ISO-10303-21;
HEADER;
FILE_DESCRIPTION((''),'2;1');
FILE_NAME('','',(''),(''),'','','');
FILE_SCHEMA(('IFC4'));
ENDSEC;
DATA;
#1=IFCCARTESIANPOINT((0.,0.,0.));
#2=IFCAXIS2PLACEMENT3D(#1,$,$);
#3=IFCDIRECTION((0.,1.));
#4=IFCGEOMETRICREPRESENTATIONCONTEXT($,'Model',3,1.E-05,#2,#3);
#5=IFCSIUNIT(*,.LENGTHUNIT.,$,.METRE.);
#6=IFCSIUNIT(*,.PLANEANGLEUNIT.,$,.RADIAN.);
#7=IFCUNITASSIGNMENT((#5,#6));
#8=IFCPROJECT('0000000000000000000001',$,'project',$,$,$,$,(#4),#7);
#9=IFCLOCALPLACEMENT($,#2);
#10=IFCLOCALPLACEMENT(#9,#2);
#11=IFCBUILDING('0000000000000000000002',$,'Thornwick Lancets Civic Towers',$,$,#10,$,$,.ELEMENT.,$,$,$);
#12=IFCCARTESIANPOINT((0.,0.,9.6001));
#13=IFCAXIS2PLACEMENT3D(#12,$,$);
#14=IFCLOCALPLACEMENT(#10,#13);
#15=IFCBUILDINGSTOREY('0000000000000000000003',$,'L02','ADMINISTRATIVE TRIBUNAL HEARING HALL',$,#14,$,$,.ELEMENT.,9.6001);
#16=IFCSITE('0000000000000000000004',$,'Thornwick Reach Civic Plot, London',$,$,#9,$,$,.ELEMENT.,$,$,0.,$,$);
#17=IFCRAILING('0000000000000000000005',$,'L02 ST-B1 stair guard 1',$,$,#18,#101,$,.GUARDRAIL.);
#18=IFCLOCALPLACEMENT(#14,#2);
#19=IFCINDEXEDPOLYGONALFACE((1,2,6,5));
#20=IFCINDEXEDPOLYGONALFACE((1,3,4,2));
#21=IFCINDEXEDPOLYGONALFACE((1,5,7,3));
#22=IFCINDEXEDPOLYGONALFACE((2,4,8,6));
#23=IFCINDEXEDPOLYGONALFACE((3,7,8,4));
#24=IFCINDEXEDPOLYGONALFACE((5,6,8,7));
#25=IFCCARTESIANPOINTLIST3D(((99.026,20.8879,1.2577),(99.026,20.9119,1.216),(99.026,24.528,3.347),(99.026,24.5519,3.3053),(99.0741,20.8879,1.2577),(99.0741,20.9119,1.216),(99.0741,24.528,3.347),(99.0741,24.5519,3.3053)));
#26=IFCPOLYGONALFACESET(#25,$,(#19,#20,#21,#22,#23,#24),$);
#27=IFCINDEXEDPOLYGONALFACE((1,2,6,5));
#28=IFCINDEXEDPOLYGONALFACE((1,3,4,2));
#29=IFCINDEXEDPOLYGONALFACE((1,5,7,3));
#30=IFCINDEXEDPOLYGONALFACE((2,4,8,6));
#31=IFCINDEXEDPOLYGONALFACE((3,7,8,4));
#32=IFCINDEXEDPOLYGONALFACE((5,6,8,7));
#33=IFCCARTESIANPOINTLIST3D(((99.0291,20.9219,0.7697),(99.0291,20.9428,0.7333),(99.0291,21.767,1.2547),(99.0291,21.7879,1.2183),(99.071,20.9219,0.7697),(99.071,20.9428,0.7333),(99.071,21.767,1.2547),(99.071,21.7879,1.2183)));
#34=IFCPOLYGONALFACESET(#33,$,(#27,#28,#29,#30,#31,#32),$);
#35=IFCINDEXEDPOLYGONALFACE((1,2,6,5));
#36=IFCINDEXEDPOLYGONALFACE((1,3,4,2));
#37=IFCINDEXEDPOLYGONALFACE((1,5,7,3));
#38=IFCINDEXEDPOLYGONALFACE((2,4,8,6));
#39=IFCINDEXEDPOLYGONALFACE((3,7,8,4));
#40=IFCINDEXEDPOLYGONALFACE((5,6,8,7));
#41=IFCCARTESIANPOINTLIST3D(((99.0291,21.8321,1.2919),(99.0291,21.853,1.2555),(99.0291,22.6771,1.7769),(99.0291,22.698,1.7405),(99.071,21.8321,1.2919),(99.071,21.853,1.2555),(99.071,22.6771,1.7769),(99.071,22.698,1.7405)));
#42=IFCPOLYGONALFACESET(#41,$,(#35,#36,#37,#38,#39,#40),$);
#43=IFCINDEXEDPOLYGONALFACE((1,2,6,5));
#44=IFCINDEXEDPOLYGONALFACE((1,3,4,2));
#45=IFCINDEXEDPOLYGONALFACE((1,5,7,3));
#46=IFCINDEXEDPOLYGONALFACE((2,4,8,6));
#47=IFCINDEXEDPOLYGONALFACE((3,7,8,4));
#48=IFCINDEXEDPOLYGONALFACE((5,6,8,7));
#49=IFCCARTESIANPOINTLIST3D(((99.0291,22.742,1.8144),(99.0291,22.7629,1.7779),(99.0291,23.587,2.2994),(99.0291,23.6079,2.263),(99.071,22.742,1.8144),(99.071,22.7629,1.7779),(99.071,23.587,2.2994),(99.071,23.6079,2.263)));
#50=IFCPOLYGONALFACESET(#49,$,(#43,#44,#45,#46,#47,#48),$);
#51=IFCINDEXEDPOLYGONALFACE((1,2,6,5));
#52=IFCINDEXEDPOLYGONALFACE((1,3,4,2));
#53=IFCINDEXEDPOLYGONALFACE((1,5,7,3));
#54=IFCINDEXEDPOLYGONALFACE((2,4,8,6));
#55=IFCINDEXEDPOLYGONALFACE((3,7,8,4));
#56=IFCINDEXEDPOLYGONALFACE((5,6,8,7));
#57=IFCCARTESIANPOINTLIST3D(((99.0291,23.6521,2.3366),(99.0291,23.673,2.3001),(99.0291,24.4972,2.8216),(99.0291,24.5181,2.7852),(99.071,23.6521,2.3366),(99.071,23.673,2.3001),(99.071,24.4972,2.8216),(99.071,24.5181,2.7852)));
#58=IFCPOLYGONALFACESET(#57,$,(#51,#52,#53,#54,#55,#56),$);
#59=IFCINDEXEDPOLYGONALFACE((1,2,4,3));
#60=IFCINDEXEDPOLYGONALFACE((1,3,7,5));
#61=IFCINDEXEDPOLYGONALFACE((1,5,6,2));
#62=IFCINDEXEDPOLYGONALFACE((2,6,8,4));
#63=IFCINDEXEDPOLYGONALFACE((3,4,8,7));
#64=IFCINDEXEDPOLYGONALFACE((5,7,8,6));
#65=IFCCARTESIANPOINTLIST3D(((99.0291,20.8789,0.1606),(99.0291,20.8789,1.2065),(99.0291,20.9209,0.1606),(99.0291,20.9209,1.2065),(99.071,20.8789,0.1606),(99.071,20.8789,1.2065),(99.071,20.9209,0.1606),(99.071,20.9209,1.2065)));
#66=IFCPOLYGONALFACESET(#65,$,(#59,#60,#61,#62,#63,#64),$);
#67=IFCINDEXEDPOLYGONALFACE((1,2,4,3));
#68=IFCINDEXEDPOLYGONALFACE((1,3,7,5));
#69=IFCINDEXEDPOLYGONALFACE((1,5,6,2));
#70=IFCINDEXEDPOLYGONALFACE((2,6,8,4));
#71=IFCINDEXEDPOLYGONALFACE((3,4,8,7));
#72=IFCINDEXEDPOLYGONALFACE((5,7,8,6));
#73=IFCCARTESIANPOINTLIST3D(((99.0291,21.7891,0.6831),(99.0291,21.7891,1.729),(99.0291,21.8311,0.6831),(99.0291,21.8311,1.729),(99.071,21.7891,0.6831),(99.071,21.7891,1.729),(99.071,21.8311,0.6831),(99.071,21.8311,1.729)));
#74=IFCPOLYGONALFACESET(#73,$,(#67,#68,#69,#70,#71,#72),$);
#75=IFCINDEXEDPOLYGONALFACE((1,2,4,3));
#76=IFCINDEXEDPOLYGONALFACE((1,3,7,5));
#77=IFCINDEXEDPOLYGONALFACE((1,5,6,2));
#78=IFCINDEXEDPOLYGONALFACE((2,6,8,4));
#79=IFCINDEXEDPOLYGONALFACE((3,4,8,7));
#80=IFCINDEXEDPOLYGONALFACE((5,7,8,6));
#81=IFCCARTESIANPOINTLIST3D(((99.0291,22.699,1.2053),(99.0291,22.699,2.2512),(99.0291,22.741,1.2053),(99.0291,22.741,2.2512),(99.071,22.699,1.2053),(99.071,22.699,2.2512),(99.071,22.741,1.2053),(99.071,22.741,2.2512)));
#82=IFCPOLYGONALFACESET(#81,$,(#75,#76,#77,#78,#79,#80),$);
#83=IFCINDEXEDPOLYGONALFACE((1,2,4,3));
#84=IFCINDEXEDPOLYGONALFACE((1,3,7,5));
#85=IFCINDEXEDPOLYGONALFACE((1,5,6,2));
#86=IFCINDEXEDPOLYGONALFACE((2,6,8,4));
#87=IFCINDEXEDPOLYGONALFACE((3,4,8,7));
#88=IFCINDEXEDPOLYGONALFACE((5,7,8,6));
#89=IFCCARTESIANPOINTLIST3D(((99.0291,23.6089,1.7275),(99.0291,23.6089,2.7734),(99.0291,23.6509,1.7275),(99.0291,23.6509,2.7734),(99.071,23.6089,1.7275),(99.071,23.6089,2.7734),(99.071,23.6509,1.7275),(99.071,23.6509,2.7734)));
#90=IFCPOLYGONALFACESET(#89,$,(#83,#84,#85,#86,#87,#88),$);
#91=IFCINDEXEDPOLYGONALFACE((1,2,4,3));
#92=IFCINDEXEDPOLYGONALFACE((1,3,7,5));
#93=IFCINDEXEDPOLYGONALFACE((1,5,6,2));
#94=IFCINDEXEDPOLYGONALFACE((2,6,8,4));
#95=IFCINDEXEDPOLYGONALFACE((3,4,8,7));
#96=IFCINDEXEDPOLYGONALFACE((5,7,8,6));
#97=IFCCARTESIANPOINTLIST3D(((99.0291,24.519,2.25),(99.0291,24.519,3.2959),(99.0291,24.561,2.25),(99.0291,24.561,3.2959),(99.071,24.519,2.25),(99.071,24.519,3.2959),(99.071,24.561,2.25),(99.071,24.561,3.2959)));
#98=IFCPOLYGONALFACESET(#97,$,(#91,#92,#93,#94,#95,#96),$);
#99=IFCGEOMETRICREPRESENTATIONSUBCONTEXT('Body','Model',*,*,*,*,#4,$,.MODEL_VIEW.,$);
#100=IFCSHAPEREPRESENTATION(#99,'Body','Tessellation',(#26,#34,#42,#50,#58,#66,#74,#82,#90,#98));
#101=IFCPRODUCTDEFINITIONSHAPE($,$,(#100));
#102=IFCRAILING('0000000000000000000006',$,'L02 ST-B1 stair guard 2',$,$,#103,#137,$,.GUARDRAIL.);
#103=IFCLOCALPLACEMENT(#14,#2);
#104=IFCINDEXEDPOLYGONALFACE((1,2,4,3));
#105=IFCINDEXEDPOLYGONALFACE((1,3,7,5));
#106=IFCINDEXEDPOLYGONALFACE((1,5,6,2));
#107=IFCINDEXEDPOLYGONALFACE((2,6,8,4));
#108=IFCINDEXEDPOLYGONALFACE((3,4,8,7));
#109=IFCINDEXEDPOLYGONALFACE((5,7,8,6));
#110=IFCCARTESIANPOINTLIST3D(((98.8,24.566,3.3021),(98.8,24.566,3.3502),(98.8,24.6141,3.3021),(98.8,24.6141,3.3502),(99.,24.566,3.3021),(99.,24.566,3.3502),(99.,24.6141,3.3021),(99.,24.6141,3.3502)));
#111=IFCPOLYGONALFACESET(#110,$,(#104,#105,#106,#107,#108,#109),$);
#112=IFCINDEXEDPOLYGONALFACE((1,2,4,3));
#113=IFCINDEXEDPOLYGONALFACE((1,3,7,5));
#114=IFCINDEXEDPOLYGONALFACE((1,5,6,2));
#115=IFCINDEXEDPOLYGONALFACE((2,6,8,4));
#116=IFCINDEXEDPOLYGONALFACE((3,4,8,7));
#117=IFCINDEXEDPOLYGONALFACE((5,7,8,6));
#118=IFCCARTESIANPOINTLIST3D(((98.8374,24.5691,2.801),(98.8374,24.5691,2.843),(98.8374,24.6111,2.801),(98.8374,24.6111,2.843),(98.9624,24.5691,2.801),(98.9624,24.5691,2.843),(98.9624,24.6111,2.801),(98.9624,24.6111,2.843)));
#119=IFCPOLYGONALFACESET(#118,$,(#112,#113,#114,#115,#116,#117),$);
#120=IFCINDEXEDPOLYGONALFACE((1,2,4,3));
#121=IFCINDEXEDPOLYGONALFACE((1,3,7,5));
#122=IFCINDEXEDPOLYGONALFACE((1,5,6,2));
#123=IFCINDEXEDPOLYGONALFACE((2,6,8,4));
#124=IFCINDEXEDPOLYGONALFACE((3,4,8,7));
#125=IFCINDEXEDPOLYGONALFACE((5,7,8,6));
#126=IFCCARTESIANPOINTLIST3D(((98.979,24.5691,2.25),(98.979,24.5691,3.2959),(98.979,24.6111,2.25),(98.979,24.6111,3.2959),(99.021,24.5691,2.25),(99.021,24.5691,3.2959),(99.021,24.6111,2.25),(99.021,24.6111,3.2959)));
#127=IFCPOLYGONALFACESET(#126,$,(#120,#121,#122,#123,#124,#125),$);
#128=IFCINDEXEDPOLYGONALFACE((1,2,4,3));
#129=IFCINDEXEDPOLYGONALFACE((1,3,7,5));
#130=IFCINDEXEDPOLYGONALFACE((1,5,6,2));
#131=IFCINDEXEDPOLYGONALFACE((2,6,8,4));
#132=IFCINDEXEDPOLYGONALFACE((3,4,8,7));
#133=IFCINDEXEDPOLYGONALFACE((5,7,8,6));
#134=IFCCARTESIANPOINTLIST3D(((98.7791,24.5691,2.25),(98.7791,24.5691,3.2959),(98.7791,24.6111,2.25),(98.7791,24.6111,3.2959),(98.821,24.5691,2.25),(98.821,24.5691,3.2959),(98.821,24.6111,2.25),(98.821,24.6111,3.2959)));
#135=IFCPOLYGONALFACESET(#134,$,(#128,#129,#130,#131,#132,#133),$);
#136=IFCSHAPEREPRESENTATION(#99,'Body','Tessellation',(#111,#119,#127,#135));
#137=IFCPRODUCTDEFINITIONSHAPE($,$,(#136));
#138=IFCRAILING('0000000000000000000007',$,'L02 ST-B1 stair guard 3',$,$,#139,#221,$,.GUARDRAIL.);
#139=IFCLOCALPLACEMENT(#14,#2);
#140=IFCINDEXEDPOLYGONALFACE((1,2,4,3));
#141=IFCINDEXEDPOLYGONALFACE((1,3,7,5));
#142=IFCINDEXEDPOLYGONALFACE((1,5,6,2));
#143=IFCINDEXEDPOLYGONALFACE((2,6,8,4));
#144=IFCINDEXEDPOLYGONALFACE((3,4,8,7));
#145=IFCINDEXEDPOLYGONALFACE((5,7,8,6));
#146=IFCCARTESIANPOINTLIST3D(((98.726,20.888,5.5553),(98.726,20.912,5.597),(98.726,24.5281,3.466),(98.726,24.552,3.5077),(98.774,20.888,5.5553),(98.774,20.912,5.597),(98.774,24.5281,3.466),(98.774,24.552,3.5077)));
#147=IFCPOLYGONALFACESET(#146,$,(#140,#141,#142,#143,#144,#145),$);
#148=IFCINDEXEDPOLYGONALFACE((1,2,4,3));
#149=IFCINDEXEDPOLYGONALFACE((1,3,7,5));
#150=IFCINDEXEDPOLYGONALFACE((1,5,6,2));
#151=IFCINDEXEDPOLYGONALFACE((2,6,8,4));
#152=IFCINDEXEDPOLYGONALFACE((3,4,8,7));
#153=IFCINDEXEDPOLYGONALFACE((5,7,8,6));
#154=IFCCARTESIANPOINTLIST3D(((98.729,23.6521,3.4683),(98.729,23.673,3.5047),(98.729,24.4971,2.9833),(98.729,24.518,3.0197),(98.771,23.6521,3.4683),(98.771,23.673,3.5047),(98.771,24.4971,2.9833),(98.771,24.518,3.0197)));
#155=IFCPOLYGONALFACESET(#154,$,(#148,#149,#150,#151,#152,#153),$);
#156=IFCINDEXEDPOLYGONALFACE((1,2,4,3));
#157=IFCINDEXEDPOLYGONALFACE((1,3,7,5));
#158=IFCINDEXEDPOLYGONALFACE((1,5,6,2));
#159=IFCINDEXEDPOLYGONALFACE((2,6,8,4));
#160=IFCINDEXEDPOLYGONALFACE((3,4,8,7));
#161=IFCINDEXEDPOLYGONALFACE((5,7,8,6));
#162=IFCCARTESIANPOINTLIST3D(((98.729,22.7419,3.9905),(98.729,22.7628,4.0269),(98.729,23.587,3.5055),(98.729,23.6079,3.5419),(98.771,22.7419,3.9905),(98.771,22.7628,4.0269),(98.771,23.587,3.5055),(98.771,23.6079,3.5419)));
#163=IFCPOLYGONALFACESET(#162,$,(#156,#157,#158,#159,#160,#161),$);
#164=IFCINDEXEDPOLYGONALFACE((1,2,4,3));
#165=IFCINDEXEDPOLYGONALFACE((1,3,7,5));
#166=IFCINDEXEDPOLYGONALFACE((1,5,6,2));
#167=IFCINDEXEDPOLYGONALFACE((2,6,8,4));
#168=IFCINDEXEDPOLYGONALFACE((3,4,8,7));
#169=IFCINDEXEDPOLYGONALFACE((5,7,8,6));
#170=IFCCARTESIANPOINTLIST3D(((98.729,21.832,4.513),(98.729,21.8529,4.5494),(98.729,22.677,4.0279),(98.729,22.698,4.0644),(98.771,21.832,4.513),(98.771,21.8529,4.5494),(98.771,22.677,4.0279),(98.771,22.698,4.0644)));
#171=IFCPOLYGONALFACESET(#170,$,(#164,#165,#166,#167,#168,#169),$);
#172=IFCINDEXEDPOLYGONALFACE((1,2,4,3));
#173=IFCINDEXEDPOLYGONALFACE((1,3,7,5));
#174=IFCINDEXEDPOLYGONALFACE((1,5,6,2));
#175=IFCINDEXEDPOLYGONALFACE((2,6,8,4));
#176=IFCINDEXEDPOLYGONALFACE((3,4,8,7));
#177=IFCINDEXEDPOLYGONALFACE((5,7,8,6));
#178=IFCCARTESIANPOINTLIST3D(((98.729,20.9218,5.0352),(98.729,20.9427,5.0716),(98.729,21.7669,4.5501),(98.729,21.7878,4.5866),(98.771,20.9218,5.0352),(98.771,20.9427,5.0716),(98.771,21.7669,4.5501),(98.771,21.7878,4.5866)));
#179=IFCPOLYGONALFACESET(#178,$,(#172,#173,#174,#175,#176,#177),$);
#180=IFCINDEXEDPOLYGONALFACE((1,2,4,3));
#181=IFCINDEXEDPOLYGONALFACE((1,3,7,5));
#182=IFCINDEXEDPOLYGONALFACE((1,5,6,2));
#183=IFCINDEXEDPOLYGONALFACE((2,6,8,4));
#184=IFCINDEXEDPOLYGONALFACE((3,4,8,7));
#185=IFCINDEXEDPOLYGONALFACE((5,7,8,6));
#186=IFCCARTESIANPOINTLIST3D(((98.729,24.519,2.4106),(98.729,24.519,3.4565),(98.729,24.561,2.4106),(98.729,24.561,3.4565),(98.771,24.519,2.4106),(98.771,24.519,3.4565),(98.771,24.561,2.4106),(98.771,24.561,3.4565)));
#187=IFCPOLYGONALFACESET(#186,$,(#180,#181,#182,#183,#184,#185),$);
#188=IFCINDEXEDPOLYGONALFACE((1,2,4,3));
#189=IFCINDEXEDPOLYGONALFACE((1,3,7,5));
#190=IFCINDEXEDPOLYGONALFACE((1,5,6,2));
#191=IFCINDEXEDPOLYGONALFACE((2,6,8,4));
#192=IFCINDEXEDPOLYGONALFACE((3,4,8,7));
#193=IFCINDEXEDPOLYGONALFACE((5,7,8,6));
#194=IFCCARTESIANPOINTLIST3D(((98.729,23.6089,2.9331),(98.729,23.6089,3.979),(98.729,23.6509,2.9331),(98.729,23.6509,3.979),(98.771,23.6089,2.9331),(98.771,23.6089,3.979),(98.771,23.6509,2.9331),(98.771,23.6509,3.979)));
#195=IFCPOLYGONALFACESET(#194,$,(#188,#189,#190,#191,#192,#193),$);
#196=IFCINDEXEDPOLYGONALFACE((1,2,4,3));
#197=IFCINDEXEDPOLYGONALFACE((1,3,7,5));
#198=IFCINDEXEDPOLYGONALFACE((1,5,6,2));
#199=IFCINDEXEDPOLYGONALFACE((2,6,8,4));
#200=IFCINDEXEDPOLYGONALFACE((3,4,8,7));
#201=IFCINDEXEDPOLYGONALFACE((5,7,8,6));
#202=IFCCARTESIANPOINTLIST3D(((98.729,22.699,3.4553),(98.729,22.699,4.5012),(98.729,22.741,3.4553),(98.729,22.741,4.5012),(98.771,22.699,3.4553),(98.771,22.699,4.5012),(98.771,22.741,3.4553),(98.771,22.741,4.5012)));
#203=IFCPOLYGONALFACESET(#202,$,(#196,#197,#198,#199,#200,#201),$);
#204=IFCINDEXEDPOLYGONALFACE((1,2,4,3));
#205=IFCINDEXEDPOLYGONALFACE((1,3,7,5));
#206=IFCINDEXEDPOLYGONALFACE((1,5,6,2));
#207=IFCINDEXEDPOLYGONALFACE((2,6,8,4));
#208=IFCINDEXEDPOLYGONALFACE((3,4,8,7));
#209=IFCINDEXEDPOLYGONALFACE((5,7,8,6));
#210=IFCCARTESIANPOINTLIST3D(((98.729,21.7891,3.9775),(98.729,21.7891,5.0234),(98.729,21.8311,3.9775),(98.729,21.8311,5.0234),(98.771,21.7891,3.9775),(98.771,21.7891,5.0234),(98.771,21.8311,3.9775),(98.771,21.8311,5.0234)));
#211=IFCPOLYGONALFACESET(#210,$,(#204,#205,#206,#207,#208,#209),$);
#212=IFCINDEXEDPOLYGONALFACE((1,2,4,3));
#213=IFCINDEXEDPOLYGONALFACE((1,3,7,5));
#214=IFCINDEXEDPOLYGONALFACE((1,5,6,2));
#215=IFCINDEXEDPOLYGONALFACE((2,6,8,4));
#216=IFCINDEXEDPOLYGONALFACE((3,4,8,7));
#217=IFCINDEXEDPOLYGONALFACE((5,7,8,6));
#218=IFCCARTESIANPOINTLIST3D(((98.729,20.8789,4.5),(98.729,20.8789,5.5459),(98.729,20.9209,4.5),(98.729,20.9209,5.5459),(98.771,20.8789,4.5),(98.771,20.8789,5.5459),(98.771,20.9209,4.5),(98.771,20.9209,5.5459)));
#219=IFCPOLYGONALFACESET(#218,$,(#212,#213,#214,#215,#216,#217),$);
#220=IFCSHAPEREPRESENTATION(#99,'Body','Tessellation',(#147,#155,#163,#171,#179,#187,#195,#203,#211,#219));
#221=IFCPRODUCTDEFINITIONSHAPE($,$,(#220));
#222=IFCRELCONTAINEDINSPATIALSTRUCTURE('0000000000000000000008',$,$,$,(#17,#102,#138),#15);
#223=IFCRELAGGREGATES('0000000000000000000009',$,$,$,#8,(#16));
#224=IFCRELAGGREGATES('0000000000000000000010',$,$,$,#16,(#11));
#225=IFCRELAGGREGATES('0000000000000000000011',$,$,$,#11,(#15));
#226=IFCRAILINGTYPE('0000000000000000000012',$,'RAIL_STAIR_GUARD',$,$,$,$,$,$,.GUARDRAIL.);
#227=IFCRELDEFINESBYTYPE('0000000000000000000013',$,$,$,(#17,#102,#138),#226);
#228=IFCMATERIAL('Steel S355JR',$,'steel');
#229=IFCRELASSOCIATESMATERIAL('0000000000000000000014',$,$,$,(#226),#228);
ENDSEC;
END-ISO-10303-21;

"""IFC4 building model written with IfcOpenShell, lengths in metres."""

from ifc_helpers import new_model, si_unit, direction, frame, origin, origin_2d, place, context, subcontext, project, spatial, rectangle, extrude, material, type_object, element, save


model = new_model("IFC4")

# Units and contexts
model_context = context("Model", 3, precision=1e-05, world=origin(), true_north=direction((0.0, 1.0)))
body_context = subcontext(model_context, "Body", "Model", "MODEL_VIEW")
ifc_project = project(units=[si_unit("LENGTHUNIT", "METRE"), si_unit("PLANEANGLEUNIT", "RADIAN")], contexts=[model_context])

# Site, building, storey
site_placement = place(None, origin())
site = spatial("IfcSite", under=ifc_project, at=site_placement, Name="Thornwick Reach Civic Plot, London", CompositionType="ELEMENT", RefElevation=0.0)
building_placement = place(site_placement, origin())
building = spatial("IfcBuilding", under=site, at=building_placement, Name="Thornwick Lancets Civic Towers", CompositionType="ELEMENT")
storey_placement = place(building_placement, frame((0.0, 0.0, 9.6001)))
storey = spatial("IfcBuildingStorey", under=building, at=storey_placement, Name="L02", Description="ADMINISTRATIVE TRIBUNAL HEARING HALL", CompositionType="ELEMENT", Elevation=9.6001)

# Shared definitions
ifc_material_1 = material(Name="Steel S355JR", Category="steel")

# Railings
railing_type_1 = type_object("IfcRailingType", Name="RAIL_STAIR_GUARD", PredefinedType="GUARDRAIL", material=ifc_material_1)
railing_1_placement = place(storey_placement, frame((99.05, 20.8999, 0.1606)))
element("IfcRailing", 1, at=railing_1_placement, inside=storey, type_object=railing_type_1, Name="L02 ST-B1 stair guard 1", PredefinedType="GUARDRAIL", context=body_context, shape_type="SweptSolid", body=[
    extrude(rectangle(XDim=0.0481, YDim=0.0481, at=origin_2d()), frame((0.0, 0.0, 1.0762), z_axis=(0.0, 0.867289, 0.497804), x_axis=(-1.0, 0.0, 0.0)), (0.0, 0.0, 1.0), 4.197),
    extrude(rectangle(XDim=0.042, YDim=0.042, at=origin_2d()), frame((0.0, 0.0325, 0.5908), z_axis=(0.0, 0.867289, 0.497804), x_axis=(-1.0, 0.0, 0.0)), (0.0, 0.0, 1.0), 0.9744),
    extrude(rectangle(XDim=0.042, YDim=0.042, at=origin_2d()), frame((0.0, 0.9426, 1.113), z_axis=(0.0, 0.867289, 0.497804), x_axis=(-1.0, 0.0, 0.0)), (0.0, 0.0, 1.0), 0.9744),
    extrude(rectangle(XDim=0.042, YDim=0.042, at=origin_2d()), frame((0.0, 1.8525, 1.6355), z_axis=(0.0, 0.867289, 0.497804), x_axis=(-1.0, 0.0, 0.0)), (0.0, 0.0, 1.0), 0.9744),
    extrude(rectangle(XDim=0.042, YDim=0.042, at=origin_2d()), frame((0.0, 2.7627, 2.1577), z_axis=(0.0, 0.867289, 0.497804), x_axis=(-1.0, 0.0, 0.0)), (0.0, 0.0, 1.0), 0.9744),
    extrude(rectangle(XDim=0.042, YDim=0.042, at=origin_2d()), origin(), (0.0, 0.0, 1.0), 1.0459),
    extrude(rectangle(XDim=0.042, YDim=0.042, at=origin_2d()), frame((0.0, 0.9102, 0.5225)), (0.0, 0.0, 1.0), 1.0459),
    extrude(rectangle(XDim=0.042, YDim=0.042, at=origin_2d()), frame((0.0, 1.8201, 1.0447)), (0.0, 0.0, 1.0), 1.0459),
    extrude(rectangle(XDim=0.042, YDim=0.042, at=origin_2d()), frame((0.0, 2.73, 1.5669)), (0.0, 0.0, 1.0), 1.0459),
    extrude(rectangle(XDim=0.042, YDim=0.042, at=origin_2d()), frame((0.0, 3.6401, 2.0894)), (0.0, 0.0, 1.0), 1.0459),
])
railing_2_placement = place(storey_placement, frame((99.0, 24.5901, 2.25)))
element("IfcRailing", 2, at=railing_2_placement, inside=storey, type_object=railing_type_1, Name="L02 ST-B1 stair guard 2", PredefinedType="GUARDRAIL", context=body_context, shape_type="SweptSolid", body=[
    extrude(rectangle(XDim=0.0481, YDim=0.0481, at=origin_2d()), frame((0.0, 0.0, 1.0762), z_axis=(-1.0, 0.0, 0.0), x_axis=(0.0, -1.0, 0.0)), (0.0, 0.0, 1.0), 0.2),
    extrude(rectangle(XDim=0.042, YDim=0.042, at=origin_2d()), frame((-0.0376, 0.0, 0.572), z_axis=(-1.0, 0.0, 0.0), x_axis=(0.0, -1.0, 0.0)), (0.0, 0.0, 1.0), 0.125),
    extrude(rectangle(XDim=0.042, YDim=0.042, at=origin_2d()), origin(), (0.0, 0.0, 1.0), 1.0459),
    extrude(rectangle(XDim=0.042, YDim=0.042, at=origin_2d()), frame((-0.2, 0.0, 0.0)), (0.0, 0.0, 1.0), 1.0459),
])
railing_3_placement = place(storey_placement, frame((98.75, 24.54, 2.4106)))
element("IfcRailing", 3, at=railing_3_placement, inside=storey, type_object=railing_type_1, Name="L02 ST-B1 stair guard 3", PredefinedType="GUARDRAIL", context=body_context, shape_type="SweptSolid", body=[
    extrude(rectangle(XDim=0.0481, YDim=0.0481, at=origin_2d()), frame((0.0, 0.0, 1.0762), z_axis=(0.0, -0.867289, 0.497804), x_axis=(1.0, 0.0, 0.0)), (0.0, 0.0, 1.0), 4.197),
    extrude(rectangle(XDim=0.042, YDim=0.042, at=origin_2d()), frame((0.0, -0.0325, 0.5908), z_axis=(0.0, -0.867289, 0.497804), x_axis=(1.0, 0.0, 0.0)), (0.0, 0.0, 1.0), 0.9744),
    extrude(rectangle(XDim=0.042, YDim=0.042, at=origin_2d()), frame((0.0, -0.9426, 1.113), z_axis=(0.0, -0.867289, 0.497804), x_axis=(1.0, 0.0, 0.0)), (0.0, 0.0, 1.0), 0.9744),
    extrude(rectangle(XDim=0.042, YDim=0.042, at=origin_2d()), frame((0.0, -1.8525, 1.6355), z_axis=(0.0, -0.867289, 0.497804), x_axis=(1.0, 0.0, 0.0)), (0.0, 0.0, 1.0), 0.9744),
    extrude(rectangle(XDim=0.042, YDim=0.042, at=origin_2d()), frame((0.0, -2.7627, 2.1577), z_axis=(0.0, -0.867289, 0.497804), x_axis=(1.0, 0.0, 0.0)), (0.0, 0.0, 1.0), 0.9744),
    extrude(rectangle(XDim=0.042, YDim=0.042, at=origin_2d()), origin(), (0.0, 0.0, 1.0), 1.0459),
    extrude(rectangle(XDim=0.042, YDim=0.042, at=origin_2d()), frame((0.0, -0.9102, 0.5225)), (0.0, 0.0, 1.0), 1.0459),
    extrude(rectangle(XDim=0.042, YDim=0.042, at=origin_2d()), frame((0.0, -1.8201, 1.0447)), (0.0, 0.0, 1.0), 1.0459),
    extrude(rectangle(XDim=0.042, YDim=0.042, at=origin_2d()), frame((0.0, -2.73, 1.5669)), (0.0, 0.0, 1.0), 1.0459),
    extrude(rectangle(XDim=0.042, YDim=0.042, at=origin_2d()), frame((0.0, -3.6401, 2.0894)), (0.0, 0.0, 1.0), 1.0459),
])

save(model, "model.ifc")
